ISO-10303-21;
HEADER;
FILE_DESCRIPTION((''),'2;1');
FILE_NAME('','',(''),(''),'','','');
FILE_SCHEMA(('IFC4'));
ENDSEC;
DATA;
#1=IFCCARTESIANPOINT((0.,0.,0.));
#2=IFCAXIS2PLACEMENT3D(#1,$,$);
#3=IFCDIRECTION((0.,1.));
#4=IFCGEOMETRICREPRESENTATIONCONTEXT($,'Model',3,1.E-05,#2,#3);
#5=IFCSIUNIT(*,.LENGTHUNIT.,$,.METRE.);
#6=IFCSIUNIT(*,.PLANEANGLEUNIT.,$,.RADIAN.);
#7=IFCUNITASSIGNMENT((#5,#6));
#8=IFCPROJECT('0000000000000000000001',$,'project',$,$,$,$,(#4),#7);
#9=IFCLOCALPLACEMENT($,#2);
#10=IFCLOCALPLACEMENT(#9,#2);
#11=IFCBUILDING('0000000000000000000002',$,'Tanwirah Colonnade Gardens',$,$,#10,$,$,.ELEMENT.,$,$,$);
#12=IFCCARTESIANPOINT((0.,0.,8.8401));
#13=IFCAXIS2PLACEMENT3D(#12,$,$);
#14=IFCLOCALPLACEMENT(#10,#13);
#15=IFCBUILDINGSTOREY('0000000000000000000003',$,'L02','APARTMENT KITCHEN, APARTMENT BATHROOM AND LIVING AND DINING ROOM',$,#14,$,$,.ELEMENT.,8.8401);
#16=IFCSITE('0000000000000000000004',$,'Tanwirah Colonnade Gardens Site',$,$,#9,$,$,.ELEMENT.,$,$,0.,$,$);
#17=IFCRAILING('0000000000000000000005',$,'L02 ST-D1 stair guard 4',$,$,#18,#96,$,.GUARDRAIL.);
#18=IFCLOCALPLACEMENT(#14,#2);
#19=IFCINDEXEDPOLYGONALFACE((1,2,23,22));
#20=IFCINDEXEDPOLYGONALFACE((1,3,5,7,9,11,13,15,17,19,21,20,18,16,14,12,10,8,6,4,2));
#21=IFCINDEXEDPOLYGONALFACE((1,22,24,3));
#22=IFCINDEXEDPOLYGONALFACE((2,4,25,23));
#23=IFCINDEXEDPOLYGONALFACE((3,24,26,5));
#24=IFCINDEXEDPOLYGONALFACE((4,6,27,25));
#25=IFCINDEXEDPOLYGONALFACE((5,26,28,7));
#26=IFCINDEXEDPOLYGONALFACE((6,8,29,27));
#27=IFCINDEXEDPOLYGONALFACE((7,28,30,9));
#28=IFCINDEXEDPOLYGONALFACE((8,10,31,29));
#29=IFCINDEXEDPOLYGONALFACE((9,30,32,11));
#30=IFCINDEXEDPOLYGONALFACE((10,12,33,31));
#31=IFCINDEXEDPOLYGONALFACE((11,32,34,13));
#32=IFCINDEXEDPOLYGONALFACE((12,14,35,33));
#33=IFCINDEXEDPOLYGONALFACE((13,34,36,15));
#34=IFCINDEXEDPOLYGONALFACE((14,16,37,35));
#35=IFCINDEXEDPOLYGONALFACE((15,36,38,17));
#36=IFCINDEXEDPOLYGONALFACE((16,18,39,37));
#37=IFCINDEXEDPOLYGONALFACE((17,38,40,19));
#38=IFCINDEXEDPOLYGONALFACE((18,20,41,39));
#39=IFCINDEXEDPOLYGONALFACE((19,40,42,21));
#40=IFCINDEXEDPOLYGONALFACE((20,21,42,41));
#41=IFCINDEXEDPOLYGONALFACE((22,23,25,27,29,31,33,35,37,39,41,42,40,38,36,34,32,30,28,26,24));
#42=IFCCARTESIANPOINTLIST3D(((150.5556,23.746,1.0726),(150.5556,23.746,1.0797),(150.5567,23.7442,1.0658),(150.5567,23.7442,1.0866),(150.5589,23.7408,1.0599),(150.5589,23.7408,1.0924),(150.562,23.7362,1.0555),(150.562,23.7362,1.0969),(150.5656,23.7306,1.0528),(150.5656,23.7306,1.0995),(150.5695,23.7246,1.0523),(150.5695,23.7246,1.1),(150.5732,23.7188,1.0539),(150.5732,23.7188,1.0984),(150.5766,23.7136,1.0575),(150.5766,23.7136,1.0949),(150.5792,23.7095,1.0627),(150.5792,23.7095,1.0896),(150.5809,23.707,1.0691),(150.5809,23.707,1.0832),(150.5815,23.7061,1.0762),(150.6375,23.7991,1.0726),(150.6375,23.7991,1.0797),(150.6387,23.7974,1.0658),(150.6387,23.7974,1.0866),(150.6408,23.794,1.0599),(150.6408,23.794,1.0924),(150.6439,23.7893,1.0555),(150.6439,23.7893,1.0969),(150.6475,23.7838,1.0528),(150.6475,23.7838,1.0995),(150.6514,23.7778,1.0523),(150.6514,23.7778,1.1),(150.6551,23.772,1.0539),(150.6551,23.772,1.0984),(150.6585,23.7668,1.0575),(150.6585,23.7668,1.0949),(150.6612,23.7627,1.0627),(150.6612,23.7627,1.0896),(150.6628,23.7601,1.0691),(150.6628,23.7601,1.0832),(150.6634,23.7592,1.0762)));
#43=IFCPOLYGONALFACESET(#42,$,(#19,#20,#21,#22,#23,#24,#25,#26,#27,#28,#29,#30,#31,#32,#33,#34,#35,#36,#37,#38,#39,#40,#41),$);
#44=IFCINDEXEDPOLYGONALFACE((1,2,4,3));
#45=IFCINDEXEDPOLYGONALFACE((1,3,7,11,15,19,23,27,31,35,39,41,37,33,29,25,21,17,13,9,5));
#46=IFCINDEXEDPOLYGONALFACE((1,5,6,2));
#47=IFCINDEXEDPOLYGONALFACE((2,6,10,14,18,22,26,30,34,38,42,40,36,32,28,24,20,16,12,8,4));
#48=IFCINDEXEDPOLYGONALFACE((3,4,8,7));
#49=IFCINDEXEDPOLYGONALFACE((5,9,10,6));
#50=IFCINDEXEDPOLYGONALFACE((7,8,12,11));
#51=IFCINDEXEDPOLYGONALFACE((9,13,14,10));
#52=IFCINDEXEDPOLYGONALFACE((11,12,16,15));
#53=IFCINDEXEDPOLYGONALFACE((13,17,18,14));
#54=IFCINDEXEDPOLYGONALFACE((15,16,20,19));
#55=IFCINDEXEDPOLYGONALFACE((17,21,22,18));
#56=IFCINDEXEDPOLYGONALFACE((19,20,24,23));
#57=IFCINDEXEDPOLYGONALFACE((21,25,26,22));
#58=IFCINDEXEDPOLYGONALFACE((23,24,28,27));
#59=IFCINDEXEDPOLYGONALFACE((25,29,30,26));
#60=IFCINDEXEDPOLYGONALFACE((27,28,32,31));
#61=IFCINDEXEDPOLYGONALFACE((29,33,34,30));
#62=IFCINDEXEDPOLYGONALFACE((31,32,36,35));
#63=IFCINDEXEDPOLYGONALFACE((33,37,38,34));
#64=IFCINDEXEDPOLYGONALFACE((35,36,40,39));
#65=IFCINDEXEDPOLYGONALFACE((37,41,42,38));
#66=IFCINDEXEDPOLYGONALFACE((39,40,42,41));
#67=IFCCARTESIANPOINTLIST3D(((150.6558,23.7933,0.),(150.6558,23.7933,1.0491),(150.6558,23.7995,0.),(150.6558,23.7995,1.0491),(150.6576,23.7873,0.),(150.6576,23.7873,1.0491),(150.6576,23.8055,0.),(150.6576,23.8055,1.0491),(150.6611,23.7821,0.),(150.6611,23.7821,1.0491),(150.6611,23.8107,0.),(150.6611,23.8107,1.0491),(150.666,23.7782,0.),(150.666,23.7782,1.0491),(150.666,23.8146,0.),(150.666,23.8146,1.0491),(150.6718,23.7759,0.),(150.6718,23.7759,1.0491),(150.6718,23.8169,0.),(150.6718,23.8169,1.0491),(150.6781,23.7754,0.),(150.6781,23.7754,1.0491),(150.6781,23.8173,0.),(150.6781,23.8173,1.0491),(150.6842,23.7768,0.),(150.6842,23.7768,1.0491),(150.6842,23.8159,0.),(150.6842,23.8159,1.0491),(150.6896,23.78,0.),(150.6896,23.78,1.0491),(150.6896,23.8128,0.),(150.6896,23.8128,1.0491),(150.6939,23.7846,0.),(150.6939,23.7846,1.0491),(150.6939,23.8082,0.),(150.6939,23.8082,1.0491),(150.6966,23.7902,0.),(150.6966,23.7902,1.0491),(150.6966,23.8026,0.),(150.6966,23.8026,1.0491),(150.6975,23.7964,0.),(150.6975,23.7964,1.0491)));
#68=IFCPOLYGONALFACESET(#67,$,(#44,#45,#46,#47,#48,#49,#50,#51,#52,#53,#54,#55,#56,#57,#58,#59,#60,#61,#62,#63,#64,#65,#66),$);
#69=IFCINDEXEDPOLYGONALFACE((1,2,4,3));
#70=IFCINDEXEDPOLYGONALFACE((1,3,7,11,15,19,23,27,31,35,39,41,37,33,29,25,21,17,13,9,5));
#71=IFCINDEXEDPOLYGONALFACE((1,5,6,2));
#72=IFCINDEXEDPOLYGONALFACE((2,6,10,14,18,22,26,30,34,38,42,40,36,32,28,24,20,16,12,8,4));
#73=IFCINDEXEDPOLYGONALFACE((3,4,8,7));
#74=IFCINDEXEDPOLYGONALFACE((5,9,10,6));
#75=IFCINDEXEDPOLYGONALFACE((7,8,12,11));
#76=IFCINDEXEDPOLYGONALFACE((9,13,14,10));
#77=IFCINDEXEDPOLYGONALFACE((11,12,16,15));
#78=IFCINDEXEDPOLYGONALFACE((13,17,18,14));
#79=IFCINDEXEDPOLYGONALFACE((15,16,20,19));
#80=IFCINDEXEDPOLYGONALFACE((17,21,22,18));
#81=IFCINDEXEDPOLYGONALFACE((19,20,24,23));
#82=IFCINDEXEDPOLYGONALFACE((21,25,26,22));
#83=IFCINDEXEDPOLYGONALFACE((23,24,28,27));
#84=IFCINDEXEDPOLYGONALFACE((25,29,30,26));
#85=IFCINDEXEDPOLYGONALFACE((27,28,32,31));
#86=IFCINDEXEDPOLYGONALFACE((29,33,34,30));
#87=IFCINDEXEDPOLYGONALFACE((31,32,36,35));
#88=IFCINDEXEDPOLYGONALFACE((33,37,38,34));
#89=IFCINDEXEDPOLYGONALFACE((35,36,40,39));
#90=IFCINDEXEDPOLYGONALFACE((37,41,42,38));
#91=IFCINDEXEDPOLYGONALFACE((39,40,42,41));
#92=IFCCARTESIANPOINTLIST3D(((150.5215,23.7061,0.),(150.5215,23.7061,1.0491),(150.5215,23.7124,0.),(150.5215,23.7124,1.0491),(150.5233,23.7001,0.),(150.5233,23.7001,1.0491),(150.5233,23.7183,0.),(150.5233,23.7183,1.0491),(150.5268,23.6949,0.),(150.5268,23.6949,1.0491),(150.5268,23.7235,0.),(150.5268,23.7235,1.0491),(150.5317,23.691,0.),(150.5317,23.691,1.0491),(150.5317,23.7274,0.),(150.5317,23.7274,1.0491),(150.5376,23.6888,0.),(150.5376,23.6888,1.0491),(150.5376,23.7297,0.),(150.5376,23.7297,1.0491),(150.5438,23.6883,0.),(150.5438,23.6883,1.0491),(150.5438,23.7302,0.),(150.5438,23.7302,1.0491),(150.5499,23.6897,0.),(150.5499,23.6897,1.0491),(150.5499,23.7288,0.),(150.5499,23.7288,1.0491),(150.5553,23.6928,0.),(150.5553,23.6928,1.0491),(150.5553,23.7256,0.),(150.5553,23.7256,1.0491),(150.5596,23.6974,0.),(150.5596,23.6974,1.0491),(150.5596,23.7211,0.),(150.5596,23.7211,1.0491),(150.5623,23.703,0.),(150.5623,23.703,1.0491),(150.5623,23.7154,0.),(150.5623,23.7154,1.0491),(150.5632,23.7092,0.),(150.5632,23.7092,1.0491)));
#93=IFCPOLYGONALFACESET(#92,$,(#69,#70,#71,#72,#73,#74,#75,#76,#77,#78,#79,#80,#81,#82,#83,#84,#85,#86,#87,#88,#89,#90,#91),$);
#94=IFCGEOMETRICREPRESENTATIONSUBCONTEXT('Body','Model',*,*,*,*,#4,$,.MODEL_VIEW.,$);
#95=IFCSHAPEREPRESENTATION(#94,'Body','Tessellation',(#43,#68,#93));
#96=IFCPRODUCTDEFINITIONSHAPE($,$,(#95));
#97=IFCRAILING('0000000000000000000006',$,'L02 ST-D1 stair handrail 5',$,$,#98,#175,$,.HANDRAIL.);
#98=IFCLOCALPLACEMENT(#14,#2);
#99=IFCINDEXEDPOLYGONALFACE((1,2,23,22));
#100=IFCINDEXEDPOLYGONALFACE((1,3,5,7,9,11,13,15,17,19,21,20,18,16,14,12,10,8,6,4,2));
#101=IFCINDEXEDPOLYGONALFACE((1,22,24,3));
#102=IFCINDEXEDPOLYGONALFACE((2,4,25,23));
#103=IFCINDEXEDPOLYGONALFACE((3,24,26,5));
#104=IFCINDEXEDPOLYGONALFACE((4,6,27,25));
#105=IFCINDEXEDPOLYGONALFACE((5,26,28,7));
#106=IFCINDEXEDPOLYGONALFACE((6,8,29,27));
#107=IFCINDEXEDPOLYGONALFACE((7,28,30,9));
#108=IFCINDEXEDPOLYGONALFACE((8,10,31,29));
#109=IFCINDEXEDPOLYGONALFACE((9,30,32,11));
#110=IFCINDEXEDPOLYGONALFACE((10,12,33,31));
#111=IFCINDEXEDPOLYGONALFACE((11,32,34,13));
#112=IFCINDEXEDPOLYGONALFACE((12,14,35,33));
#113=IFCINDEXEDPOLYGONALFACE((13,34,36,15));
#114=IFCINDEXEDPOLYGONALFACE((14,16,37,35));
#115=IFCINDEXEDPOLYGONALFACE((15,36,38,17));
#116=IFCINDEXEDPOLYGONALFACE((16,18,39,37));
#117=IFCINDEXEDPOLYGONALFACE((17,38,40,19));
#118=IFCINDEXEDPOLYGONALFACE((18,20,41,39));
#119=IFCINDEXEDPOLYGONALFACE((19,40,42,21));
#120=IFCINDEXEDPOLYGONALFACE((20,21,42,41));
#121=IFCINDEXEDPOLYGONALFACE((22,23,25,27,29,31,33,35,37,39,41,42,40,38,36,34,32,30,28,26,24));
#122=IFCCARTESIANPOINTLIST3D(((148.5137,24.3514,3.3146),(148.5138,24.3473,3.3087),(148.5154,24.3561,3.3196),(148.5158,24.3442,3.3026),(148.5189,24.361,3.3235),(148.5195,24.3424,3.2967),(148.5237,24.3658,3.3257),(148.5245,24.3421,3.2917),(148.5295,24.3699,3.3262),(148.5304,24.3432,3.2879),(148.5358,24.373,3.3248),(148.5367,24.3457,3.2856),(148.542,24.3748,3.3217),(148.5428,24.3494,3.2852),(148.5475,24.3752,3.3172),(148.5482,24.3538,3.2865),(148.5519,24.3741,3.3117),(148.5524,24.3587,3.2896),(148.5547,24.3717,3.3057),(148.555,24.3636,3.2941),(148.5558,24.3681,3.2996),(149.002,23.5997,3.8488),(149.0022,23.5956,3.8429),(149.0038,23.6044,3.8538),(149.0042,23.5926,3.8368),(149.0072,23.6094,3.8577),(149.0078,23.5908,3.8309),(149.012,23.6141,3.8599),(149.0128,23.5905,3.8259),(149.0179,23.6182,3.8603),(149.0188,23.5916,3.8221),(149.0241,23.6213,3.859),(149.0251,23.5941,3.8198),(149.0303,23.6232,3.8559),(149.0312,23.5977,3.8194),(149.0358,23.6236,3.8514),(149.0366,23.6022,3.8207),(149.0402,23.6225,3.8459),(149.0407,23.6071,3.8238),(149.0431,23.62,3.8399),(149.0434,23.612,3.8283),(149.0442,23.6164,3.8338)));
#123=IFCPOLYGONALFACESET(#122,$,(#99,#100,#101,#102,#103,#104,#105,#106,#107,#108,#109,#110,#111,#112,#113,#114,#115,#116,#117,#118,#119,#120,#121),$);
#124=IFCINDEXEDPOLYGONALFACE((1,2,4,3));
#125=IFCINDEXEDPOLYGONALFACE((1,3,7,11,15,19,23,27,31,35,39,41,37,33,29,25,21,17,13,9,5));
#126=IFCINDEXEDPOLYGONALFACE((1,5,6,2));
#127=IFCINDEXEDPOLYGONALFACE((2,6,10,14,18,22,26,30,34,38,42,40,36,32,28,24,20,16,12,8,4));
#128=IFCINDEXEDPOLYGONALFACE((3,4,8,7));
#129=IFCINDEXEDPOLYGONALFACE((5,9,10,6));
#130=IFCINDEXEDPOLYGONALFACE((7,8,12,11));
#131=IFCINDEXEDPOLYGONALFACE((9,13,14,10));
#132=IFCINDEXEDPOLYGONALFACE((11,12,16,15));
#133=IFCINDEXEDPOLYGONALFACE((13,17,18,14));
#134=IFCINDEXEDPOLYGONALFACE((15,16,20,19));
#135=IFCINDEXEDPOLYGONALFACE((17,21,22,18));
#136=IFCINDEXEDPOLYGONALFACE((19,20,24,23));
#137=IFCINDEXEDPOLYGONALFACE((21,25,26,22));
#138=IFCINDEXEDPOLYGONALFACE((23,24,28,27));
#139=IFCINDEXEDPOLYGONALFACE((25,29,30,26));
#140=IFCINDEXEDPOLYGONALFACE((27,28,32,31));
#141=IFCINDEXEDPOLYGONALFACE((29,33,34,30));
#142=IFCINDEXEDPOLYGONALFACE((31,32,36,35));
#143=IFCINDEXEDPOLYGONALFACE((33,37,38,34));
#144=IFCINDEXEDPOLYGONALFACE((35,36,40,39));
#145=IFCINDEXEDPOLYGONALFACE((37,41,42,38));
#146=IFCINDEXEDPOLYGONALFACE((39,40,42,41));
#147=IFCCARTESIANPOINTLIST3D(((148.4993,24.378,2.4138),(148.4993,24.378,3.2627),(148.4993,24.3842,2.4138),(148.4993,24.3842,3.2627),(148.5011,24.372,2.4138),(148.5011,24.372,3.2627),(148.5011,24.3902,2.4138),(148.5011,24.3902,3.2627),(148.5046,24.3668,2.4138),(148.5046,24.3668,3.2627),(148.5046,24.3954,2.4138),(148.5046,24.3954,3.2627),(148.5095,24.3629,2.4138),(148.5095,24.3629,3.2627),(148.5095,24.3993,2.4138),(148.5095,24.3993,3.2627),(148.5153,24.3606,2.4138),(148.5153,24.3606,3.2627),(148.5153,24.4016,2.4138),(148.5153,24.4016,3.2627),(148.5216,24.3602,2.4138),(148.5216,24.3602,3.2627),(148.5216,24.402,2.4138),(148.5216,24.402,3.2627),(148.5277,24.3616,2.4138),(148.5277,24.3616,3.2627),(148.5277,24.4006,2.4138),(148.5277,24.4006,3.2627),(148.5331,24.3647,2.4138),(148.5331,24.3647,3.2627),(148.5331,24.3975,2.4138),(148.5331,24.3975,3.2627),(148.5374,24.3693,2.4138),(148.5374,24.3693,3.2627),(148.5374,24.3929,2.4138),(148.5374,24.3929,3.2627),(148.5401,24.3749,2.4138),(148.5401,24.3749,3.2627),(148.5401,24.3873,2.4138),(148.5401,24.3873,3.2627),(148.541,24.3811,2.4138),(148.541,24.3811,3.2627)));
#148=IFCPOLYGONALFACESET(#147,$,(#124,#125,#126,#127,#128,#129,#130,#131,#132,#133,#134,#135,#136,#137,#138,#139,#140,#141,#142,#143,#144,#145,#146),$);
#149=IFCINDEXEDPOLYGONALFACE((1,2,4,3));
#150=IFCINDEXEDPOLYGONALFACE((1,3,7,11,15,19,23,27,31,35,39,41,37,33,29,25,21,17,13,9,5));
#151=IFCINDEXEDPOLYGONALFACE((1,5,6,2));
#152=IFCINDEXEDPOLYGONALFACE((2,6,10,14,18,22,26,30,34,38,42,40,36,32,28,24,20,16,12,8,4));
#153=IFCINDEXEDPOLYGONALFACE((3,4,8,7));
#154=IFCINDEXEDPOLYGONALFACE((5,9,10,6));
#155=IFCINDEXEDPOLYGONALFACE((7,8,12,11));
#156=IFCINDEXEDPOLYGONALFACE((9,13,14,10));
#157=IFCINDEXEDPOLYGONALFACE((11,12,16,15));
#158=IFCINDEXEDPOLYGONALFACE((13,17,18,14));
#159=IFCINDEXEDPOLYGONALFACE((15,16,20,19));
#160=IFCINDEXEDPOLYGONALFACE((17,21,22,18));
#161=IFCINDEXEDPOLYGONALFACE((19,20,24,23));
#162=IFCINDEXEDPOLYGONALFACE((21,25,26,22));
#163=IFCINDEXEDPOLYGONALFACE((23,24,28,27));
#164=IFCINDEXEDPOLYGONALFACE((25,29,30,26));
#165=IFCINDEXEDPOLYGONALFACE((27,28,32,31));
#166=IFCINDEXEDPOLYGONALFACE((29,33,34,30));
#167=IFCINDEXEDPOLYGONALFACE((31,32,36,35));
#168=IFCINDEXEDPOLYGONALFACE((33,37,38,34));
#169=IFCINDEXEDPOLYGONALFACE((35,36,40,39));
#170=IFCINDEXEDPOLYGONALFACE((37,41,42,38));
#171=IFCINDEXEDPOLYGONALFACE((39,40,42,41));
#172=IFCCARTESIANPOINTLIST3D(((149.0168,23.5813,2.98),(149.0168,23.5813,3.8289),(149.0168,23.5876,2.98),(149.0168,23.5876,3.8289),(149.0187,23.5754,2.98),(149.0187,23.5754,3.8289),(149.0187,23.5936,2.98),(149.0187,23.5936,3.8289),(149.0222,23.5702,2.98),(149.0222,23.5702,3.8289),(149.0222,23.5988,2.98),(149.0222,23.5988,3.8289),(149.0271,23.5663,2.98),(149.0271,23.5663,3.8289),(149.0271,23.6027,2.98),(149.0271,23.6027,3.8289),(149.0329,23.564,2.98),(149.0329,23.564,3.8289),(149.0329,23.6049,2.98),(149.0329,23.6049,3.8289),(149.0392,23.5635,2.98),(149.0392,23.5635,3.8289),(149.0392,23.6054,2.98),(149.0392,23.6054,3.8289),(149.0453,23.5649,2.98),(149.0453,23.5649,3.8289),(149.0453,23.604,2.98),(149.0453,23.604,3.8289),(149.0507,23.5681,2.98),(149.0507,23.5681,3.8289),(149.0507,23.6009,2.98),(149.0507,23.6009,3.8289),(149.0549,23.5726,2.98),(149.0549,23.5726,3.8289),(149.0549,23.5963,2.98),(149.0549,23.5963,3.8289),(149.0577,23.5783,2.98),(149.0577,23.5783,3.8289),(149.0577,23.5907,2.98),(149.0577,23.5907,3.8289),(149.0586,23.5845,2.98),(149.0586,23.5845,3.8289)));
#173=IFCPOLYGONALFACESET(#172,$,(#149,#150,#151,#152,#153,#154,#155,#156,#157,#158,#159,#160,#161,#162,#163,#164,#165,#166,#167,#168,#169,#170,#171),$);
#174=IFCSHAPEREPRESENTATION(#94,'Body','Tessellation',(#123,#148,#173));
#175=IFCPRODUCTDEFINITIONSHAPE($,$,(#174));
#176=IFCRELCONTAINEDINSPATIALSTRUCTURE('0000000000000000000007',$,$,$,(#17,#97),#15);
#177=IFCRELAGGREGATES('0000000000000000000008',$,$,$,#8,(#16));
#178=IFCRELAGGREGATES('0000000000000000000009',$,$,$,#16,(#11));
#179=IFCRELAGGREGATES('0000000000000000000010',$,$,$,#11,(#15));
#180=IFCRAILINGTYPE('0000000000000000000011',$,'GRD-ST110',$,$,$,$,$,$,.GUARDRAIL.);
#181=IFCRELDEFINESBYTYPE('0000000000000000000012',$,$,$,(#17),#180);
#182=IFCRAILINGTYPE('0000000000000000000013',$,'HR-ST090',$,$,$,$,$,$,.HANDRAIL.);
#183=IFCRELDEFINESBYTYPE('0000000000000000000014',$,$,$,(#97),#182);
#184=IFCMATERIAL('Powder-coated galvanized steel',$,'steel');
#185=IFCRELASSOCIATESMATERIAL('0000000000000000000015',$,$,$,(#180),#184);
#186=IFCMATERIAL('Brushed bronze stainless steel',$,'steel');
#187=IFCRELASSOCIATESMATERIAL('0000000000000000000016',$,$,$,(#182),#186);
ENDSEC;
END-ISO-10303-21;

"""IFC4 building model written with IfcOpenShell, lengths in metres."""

from ifc_helpers import new_model, si_unit, direction, frame, origin, origin_2d, place, context, subcontext, project, spatial, circle, extrude, material, type_object, element, save


model = new_model("IFC4")

# Units and contexts
model_context = context("Model", 3, precision=1e-05, world=origin(), true_north=direction((0.0, 1.0)))
body_context = subcontext(model_context, "Body", "Model", "MODEL_VIEW")
ifc_project = project(units=[si_unit("LENGTHUNIT", "METRE"), si_unit("PLANEANGLEUNIT", "RADIAN")], contexts=[model_context])

# Site, building, storey
site_placement = place(None, origin())
site = spatial("IfcSite", under=ifc_project, at=site_placement, Name="Tanwirah Colonnade Gardens Site", CompositionType="ELEMENT", RefElevation=0.0)
building_placement = place(site_placement, origin())
building = spatial("IfcBuilding", under=site, at=building_placement, Name="Tanwirah Colonnade Gardens", CompositionType="ELEMENT")
storey_placement = place(building_placement, frame((0.0, 0.0, 8.8401)))
storey = spatial("IfcBuildingStorey", under=building, at=storey_placement, Name="L02", Description="APARTMENT KITCHEN, APARTMENT BATHROOM AND LIVING AND DINING ROOM", CompositionType="ELEMENT", Elevation=8.8401)

# Railings
ifc_material_1 = material(Name="Powder-coated galvanized steel", Category="steel")
railing_type_1 = type_object("IfcRailingType", Name="GRD-ST110", PredefinedType="GUARDRAIL", material=ifc_material_1)
railing_1_placement = place(storey_placement, frame((150.6765, 23.7964, 0.0)))
element("IfcRailing", 1, at=railing_1_placement, inside=storey, type_object=railing_type_1, Name="L02 ST-D1 stair guard 4", PredefinedType="GUARDRAIL", context=body_context, shape_type="SweptSolid", body=[
    extrude(circle(Radius=0.0239, at=origin_2d()), frame((-0.0261, -0.0171, 1.0762), z_axis=(-0.838792, -0.544452, 0.0), x_axis=(0.544452, -0.838792, 0.0)), (0.0, 0.0, 1.0), 0.0977),
    extrude(circle(Radius=0.021, at=origin_2d()), origin(), (0.0, 0.0, 1.0), 1.0491),
    extrude(circle(Radius=0.021, at=origin_2d()), frame((-0.1343, -0.0872, 0.0)), (0.0, 0.0, 1.0), 1.0491),
])
ifc_material_2 = material(Name="Brushed bronze stainless steel", Category="steel")
railing_type_2 = type_object("IfcRailingType", Name="HR-ST090", PredefinedType="HANDRAIL", material=ifc_material_2)
railing_2_placement = place(storey_placement, frame((148.52, 24.3811, 2.4138)))
element("IfcRailing", 2, at=railing_2_placement, inside=storey, type_object=railing_type_2, Name="L02 ST-D1 stair handrail 5", PredefinedType="HANDRAIL", context=body_context, shape_type="SweptSolid", body=[
    extrude(circle(Radius=0.0239, at=origin_2d()), frame((0.0146, -0.0225, 0.8918), z_axis=(0.468009, -0.720337, 0.51194), x_axis=(0.838555, 0.544817, 0.0)), (0.0, 0.0, 1.0), 1.0435),
    extrude(circle(Radius=0.021, at=origin_2d()), origin(), (0.0, 0.0, 1.0), 0.8489),
    extrude(circle(Radius=0.021, at=origin_2d()), frame((0.5176, -0.7966, 0.5662)), (0.0, 0.0, 1.0), 0.8489),
])

save(model, "model.ifc")
